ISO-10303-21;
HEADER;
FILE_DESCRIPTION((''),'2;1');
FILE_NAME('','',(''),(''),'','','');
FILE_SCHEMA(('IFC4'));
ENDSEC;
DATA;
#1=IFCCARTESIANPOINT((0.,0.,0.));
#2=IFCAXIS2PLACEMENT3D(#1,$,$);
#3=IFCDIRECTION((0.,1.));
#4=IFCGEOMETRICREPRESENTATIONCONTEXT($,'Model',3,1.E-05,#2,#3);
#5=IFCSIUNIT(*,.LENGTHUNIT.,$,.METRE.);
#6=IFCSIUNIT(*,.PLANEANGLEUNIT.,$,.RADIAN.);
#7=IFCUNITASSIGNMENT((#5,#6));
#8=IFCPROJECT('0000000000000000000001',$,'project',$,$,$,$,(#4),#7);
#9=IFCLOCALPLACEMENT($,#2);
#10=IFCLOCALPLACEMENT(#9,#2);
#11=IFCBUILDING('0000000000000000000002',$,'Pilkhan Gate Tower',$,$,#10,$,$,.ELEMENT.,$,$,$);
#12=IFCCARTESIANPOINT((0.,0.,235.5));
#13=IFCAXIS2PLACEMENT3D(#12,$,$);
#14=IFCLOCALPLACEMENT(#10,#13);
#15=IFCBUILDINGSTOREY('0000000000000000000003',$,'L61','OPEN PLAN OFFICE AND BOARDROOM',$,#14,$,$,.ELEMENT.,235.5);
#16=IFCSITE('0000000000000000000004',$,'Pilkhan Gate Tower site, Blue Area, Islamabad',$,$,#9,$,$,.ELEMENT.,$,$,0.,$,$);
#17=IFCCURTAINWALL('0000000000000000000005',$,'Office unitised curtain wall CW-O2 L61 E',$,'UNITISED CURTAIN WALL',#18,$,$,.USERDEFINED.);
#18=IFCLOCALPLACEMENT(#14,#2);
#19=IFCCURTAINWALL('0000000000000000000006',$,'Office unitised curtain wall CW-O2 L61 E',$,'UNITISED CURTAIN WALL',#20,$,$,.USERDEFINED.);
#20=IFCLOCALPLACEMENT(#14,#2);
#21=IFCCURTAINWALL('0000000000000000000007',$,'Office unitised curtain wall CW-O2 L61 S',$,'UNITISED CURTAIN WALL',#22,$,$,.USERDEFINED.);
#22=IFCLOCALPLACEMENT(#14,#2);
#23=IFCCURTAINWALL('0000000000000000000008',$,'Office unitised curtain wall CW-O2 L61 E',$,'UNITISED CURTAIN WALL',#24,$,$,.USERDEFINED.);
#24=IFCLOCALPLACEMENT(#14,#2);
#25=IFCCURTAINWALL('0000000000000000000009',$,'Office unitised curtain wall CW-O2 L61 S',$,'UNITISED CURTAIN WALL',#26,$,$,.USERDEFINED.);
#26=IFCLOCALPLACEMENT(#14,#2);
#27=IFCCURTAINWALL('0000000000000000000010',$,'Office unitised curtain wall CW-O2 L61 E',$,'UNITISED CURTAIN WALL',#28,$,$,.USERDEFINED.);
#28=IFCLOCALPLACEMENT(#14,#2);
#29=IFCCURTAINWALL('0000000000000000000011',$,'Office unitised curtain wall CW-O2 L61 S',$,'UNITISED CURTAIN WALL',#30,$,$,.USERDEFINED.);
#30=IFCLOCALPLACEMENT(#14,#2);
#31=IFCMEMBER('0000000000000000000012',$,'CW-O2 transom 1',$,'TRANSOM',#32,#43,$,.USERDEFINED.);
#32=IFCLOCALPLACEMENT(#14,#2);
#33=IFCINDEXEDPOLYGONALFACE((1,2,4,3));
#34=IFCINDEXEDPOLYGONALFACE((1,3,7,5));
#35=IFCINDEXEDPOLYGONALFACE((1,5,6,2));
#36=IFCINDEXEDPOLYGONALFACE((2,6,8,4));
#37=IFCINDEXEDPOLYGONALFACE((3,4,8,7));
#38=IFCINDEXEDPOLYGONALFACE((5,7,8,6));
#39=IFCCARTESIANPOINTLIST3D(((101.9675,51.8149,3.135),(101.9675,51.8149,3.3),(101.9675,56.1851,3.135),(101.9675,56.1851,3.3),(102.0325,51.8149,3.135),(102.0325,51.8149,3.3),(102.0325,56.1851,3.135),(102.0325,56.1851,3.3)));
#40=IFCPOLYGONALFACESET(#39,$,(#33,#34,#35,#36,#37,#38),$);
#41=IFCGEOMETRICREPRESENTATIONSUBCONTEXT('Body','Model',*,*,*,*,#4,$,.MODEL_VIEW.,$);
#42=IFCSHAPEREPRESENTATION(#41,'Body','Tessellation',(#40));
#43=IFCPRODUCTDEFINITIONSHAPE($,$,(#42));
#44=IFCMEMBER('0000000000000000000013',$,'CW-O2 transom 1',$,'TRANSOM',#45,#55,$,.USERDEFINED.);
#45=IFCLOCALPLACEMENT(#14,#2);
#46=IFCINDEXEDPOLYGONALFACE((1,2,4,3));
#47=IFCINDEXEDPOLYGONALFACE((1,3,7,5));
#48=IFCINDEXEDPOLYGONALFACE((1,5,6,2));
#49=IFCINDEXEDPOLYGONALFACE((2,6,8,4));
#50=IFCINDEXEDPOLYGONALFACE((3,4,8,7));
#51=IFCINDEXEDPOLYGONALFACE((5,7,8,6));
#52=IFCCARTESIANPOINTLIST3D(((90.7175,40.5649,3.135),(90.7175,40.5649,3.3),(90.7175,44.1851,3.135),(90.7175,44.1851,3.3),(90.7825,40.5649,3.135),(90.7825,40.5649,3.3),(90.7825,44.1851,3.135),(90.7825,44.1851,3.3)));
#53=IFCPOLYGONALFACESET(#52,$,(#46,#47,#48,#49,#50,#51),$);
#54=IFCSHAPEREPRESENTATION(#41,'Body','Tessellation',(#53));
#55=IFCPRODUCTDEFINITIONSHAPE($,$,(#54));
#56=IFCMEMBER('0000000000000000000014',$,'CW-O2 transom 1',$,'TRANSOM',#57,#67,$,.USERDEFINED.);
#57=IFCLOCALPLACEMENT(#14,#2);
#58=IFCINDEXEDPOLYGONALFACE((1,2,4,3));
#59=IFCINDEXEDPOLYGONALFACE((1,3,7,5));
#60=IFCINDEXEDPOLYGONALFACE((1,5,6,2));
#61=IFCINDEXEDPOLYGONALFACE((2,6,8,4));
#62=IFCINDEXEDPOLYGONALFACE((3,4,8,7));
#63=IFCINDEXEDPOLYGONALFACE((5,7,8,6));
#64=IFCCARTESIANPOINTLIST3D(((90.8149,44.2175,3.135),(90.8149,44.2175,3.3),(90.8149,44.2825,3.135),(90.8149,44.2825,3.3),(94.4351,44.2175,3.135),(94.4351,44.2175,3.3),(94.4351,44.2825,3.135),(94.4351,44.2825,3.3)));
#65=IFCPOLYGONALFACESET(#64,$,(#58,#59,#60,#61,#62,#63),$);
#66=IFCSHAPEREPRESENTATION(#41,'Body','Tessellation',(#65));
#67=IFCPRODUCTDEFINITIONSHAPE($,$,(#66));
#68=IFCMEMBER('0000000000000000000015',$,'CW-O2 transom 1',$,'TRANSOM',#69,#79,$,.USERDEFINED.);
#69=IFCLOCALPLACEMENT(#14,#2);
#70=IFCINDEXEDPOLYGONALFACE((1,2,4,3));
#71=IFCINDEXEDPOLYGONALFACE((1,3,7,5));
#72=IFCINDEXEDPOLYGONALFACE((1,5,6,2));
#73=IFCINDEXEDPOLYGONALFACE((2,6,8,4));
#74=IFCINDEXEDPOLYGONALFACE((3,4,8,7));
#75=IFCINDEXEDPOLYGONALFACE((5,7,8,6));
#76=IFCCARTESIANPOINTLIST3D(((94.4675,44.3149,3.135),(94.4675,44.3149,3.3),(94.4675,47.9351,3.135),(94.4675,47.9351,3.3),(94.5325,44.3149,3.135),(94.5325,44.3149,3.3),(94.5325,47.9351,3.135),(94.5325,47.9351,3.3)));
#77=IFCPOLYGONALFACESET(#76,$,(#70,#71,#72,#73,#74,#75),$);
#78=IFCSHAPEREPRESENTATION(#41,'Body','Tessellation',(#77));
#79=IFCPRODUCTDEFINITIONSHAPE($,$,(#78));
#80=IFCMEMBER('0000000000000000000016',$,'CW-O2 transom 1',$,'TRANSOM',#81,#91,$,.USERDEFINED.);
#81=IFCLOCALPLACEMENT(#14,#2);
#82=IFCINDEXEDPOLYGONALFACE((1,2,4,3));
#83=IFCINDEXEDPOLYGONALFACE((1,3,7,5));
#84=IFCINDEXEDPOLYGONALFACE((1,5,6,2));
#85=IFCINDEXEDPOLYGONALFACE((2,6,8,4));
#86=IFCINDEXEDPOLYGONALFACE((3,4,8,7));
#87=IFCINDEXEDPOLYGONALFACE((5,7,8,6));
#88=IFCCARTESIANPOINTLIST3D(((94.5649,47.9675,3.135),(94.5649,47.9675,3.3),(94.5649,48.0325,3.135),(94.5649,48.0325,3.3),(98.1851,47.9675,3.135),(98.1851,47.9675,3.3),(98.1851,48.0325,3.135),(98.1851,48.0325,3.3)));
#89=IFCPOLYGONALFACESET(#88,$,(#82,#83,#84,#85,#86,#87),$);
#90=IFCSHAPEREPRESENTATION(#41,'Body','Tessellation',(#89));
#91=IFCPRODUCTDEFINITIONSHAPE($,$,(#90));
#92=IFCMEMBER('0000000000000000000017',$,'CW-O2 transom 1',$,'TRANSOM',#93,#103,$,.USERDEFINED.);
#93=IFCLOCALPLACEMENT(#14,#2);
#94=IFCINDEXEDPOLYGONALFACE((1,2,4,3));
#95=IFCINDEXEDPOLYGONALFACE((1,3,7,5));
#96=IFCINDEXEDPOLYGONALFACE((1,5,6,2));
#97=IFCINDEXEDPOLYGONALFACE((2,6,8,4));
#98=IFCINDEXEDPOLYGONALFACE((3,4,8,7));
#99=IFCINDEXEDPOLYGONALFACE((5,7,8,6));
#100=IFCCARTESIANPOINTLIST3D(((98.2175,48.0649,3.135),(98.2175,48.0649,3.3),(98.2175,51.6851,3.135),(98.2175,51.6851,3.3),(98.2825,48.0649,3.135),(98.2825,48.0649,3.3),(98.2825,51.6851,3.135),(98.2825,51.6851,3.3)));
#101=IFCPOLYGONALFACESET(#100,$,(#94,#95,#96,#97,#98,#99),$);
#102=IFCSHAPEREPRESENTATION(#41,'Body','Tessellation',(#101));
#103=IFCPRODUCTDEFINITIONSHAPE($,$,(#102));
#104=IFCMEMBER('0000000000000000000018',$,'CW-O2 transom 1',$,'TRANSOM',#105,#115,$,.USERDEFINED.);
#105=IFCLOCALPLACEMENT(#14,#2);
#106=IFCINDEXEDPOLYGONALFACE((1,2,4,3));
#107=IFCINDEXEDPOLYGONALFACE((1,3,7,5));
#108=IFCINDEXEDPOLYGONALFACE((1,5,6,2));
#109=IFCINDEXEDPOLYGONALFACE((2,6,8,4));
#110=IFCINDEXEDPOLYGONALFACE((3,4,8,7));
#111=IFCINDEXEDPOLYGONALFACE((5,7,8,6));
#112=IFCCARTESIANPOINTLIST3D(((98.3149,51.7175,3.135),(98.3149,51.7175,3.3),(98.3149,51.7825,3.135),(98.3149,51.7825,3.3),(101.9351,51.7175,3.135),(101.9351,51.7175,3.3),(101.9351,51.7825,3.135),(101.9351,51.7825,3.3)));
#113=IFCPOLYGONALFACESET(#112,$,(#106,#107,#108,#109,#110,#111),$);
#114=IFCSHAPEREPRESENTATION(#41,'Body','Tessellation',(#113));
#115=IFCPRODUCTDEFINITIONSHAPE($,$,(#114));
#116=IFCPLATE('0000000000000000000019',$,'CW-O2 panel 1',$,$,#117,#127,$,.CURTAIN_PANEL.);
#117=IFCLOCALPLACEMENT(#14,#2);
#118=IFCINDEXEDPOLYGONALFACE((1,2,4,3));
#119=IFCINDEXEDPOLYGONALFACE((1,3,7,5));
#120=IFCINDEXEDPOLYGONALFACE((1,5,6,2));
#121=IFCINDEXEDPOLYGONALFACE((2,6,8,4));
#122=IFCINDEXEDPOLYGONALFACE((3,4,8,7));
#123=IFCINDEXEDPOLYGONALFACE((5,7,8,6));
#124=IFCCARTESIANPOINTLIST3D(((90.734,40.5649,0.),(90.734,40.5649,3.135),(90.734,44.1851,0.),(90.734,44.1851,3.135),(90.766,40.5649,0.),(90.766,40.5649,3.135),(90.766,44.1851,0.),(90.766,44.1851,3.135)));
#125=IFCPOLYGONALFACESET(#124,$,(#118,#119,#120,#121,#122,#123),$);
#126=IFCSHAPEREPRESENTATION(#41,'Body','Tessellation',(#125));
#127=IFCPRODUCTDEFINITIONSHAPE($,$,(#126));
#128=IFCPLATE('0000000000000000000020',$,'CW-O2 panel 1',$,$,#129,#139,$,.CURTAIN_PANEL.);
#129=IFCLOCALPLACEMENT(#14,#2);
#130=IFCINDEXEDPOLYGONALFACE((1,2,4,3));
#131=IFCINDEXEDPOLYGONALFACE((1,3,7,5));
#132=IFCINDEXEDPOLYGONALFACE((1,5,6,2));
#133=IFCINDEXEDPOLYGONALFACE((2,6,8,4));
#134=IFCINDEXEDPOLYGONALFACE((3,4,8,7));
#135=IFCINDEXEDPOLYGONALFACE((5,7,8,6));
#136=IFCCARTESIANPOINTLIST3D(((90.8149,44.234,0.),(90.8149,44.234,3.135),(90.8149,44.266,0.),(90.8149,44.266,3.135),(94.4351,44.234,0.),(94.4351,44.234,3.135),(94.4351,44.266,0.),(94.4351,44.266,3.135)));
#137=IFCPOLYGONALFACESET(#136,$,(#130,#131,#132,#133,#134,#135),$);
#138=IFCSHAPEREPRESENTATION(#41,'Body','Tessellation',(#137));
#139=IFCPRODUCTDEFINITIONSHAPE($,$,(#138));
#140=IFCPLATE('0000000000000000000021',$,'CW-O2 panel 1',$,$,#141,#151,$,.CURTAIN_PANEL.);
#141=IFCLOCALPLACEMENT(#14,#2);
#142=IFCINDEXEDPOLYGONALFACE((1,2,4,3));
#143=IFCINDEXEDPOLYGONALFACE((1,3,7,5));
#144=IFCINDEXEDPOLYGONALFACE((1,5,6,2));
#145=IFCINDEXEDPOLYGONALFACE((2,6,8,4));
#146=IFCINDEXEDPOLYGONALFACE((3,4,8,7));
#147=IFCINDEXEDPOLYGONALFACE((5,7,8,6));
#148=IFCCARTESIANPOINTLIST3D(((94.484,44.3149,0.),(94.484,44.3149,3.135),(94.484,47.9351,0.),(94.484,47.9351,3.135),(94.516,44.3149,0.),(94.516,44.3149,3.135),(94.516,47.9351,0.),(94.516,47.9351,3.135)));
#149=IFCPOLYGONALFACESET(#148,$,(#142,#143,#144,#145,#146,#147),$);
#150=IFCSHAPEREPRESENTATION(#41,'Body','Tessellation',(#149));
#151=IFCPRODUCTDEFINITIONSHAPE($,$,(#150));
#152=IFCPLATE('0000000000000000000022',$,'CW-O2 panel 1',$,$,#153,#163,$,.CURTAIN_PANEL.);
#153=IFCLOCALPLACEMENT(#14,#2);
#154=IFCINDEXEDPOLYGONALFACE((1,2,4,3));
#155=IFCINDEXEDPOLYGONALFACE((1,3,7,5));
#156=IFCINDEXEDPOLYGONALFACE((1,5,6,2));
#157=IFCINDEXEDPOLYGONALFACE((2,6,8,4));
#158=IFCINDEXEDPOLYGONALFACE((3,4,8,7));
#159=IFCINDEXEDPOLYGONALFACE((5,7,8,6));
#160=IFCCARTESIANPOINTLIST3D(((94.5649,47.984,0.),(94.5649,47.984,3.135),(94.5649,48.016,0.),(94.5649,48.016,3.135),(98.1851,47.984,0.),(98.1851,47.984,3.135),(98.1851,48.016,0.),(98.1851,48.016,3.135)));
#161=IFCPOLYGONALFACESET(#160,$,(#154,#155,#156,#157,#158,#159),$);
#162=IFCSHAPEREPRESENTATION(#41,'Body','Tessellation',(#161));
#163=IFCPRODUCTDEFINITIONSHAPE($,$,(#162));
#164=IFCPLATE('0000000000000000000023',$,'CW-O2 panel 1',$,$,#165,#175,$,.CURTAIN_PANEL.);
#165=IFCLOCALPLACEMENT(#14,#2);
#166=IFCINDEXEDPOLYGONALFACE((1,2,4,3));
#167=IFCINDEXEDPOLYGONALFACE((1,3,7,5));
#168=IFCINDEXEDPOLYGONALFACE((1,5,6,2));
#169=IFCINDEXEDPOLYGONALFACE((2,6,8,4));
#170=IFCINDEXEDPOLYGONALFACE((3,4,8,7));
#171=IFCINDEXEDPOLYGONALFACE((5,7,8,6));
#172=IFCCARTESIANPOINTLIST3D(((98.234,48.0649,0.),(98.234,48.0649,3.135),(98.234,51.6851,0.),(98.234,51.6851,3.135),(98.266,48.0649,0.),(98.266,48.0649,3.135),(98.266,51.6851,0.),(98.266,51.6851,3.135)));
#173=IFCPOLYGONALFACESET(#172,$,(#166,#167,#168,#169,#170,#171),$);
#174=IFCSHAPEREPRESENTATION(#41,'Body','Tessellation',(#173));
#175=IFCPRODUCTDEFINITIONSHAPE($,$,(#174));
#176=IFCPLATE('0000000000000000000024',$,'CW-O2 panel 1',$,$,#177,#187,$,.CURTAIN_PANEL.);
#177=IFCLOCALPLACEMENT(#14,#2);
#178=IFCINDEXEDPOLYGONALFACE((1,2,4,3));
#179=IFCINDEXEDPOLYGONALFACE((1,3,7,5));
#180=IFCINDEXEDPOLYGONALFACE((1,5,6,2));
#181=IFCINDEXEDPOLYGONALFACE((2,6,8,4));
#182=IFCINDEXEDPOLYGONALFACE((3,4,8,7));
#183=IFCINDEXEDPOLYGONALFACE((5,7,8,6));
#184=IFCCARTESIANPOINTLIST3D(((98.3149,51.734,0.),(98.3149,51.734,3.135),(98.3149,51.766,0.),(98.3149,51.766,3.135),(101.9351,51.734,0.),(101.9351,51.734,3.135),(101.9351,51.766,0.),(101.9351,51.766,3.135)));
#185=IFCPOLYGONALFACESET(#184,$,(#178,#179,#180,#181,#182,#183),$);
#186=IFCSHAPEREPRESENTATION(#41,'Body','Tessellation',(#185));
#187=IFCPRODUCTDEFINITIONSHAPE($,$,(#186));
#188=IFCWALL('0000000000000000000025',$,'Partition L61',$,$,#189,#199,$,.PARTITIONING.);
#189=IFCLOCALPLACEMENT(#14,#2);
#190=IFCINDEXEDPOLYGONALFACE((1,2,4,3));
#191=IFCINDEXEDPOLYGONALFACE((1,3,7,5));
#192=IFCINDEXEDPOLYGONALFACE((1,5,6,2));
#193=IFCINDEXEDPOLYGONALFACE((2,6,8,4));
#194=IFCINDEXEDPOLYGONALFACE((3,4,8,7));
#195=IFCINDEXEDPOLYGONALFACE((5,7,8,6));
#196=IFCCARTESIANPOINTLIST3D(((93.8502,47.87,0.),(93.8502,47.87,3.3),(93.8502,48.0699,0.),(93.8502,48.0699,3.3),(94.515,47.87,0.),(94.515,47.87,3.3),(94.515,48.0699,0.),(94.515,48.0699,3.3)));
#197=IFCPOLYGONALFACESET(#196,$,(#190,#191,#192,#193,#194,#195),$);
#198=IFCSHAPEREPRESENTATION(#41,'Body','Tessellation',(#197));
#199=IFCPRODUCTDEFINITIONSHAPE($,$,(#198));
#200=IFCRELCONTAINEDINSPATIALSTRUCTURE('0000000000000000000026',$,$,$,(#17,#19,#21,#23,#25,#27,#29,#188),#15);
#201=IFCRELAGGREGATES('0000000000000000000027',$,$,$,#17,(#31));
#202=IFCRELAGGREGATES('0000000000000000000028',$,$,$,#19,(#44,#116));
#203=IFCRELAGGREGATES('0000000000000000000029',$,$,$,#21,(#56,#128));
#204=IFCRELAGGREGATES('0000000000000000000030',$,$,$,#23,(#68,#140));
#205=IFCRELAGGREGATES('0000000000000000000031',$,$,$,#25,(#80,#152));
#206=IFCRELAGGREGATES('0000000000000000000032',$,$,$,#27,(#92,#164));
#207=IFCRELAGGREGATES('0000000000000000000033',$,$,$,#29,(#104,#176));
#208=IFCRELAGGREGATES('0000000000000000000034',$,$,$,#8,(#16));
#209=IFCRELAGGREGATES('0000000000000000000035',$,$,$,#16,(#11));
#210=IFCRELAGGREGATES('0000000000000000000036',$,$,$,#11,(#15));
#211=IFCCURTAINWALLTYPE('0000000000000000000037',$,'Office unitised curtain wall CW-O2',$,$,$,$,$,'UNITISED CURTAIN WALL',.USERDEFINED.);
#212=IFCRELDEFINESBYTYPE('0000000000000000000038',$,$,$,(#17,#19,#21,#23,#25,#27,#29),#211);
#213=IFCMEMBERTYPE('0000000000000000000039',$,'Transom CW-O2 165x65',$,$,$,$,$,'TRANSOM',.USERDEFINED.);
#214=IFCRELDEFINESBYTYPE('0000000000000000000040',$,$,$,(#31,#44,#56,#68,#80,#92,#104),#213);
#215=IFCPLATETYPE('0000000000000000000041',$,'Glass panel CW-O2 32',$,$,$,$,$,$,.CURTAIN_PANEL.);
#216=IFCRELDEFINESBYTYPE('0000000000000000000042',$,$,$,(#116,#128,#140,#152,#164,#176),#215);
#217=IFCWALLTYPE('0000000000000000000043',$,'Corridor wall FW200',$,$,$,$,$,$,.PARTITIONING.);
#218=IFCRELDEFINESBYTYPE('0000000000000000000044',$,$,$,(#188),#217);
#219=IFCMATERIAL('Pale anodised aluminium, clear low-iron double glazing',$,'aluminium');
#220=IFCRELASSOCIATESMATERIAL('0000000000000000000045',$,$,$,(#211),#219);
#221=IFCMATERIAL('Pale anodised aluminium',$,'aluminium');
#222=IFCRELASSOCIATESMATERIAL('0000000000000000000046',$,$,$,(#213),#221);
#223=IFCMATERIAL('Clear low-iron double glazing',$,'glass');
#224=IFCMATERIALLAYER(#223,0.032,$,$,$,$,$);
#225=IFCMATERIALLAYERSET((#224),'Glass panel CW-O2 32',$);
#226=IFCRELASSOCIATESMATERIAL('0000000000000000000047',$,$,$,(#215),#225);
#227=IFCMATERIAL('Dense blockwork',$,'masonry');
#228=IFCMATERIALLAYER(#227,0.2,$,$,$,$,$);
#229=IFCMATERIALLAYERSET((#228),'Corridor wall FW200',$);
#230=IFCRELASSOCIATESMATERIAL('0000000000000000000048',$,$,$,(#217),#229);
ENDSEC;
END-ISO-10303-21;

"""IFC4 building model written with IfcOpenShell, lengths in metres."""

from ifc_helpers import new_model, si_unit, direction, frame, frame_2d, origin, origin_2d, place, context, subcontext, project, spatial, rectangle, extrude, material, layer, layer_set, material_profile, profile_set, type_object, element, aggregate, save


model = new_model("IFC4")

# Units and contexts
model_context = context("Model", 3, precision=1e-05, world=origin(), true_north=direction((0.0, 1.0)))
body_context = subcontext(model_context, "Body", "Model", "MODEL_VIEW")
ifc_project = project(units=[si_unit("LENGTHUNIT", "METRE"), si_unit("PLANEANGLEUNIT", "RADIAN")], contexts=[model_context])

# Site, building, storey
site_placement = place(None, origin())
site = spatial("IfcSite", under=ifc_project, at=site_placement, Name="Pilkhan Gate Tower site, Blue Area, Islamabad", CompositionType="ELEMENT", RefElevation=0.0)
building_placement = place(site_placement, origin())
building = spatial("IfcBuilding", under=site, at=building_placement, Name="Pilkhan Gate Tower", CompositionType="ELEMENT")
storey_placement = place(building_placement, frame((0.0, 0.0, 235.5)))
storey = spatial("IfcBuildingStorey", under=building, at=storey_placement, Name="L61", Description="OPEN PLAN OFFICE AND BOARDROOM", CompositionType="ELEMENT", Elevation=235.5)

# Curtain walls
ifc_material_1 = material(Name="Pale anodised aluminium, clear low-iron double glazing", Category="aluminium")
curtain_wall_type = type_object("IfcCurtainWallType", Name="Office unitised curtain wall CW-O2", ElementType="UNITISED CURTAIN WALL", PredefinedType="USERDEFINED", material=ifc_material_1)
curtain_wall_1_placement = place(storey_placement, origin())
curtain_wall_1 = element("IfcCurtainWall", 1, at=curtain_wall_1_placement, inside=storey, type_object=curtain_wall_type, Name="Office unitised curtain wall CW-O2 L61 E", ObjectType="UNITISED CURTAIN WALL", PredefinedType="USERDEFINED")
ifc_material_2 = material(Name="Pale anodised aluminium", Category="aluminium")
curtain_wall_2_placement = place(storey_placement, origin())
curtain_wall_2 = element("IfcCurtainWall", 2, at=curtain_wall_2_placement, inside=storey, type_object=curtain_wall_type, Name="Office unitised curtain wall CW-O2 L61 E", ObjectType="UNITISED CURTAIN WALL", PredefinedType="USERDEFINED")

# Curtain walls
curtain_wall_3_placement = place(storey_placement, origin())
curtain_wall_3 = element("IfcCurtainWall", 3, at=curtain_wall_3_placement, inside=storey, type_object=curtain_wall_type, Name="Office unitised curtain wall CW-O2 L61 S", ObjectType="UNITISED CURTAIN WALL", PredefinedType="USERDEFINED")
curtain_wall_4_placement = place(storey_placement, origin())
curtain_wall_4 = element("IfcCurtainWall", 4, at=curtain_wall_4_placement, inside=storey, type_object=curtain_wall_type, Name="Office unitised curtain wall CW-O2 L61 E", ObjectType="UNITISED CURTAIN WALL", PredefinedType="USERDEFINED")
curtain_wall_5_placement = place(storey_placement, origin())
curtain_wall_5 = element("IfcCurtainWall", 5, at=curtain_wall_5_placement, inside=storey, type_object=curtain_wall_type, Name="Office unitised curtain wall CW-O2 L61 S", ObjectType="UNITISED CURTAIN WALL", PredefinedType="USERDEFINED")
curtain_wall_6_placement = place(storey_placement, origin())
curtain_wall_6 = element("IfcCurtainWall", 6, at=curtain_wall_6_placement, inside=storey, type_object=curtain_wall_type, Name="Office unitised curtain wall CW-O2 L61 E", ObjectType="UNITISED CURTAIN WALL", PredefinedType="USERDEFINED")
curtain_wall_7_placement = place(storey_placement, origin())
curtain_wall_7 = element("IfcCurtainWall", 7, at=curtain_wall_7_placement, inside=storey, type_object=curtain_wall_type, Name="Office unitised curtain wall CW-O2 L61 S", ObjectType="UNITISED CURTAIN WALL", PredefinedType="USERDEFINED")

# Members
ifc_material_profile_1 = material_profile(ifc_material_2, rectangle(XDim=0.0649, YDim=0.165, at=origin_2d()), Name="Transom 165x65")
ifc_profile_set_1 = profile_set([ifc_material_profile_1], Name="Pale anodised aluminium")
member_type_1 = type_object("IfcMemberType", Name="Transom CW-O2 165x65", ElementType="TRANSOM", PredefinedType="USERDEFINED", material=ifc_profile_set_1)
member_1_placement = place(storey_placement, frame((102.0, 51.8149, 3.2175), z_axis=(0.0, 1.0, 0.0), x_axis=(-1.0, 0.0, 0.0)))
member_1 = element("IfcMember", 8, at=member_1_placement, type_object=member_type_1, Name="CW-O2 transom 1", ObjectType="TRANSOM", PredefinedType="USERDEFINED", context=body_context, shape_type="SweptSolid", body=[
    extrude(rectangle(XDim=0.0649, YDim=0.165, at=origin_2d()), origin(), (0.0, 0.0, 1.0), 4.3701),
])
aggregate(curtain_wall_1, [member_1])
member_2_placement = place(storey_placement, frame((90.75, 40.5649, 3.2175), z_axis=(0.0, 1.0, 0.0), x_axis=(-1.0, 0.0, 0.0)))
member_2 = element("IfcMember", 9, at=member_2_placement, type_object=member_type_1, Name="CW-O2 transom 1", ObjectType="TRANSOM", PredefinedType="USERDEFINED", context=body_context, shape_type="SweptSolid", body=[
    extrude(rectangle(XDim=0.0649, YDim=0.165, at=origin_2d()), origin(), (0.0, 0.0, 1.0), 3.6201),
])
member_3_placement = place(storey_placement, frame((90.8149, 44.25, 3.2175), z_axis=(1.0, 0.0, 0.0), x_axis=(0.0, 1.0, 0.0)))
member_3 = element("IfcMember", 10, at=member_3_placement, type_object=member_type_1, Name="CW-O2 transom 1", ObjectType="TRANSOM", PredefinedType="USERDEFINED", context=body_context, shape_type="SweptSolid", body=[
    extrude(rectangle(XDim=0.0649, YDim=0.165, at=origin_2d()), origin(), (0.0, 0.0, 1.0), 3.6201),
])
member_4_placement = place(storey_placement, frame((94.5, 44.3149, 3.2175), z_axis=(0.0, 1.0, 0.0), x_axis=(-1.0, 0.0, 0.0)))
member_4 = element("IfcMember", 11, at=member_4_placement, type_object=member_type_1, Name="CW-O2 transom 1", ObjectType="TRANSOM", PredefinedType="USERDEFINED", context=body_context, shape_type="SweptSolid", body=[
    extrude(rectangle(XDim=0.0649, YDim=0.165, at=origin_2d()), origin(), (0.0, 0.0, 1.0), 3.6201),
])
member_5_placement = place(storey_placement, frame((94.5649, 48.0, 3.2175), z_axis=(1.0, 0.0, 0.0), x_axis=(0.0, 1.0, 0.0)))
member_5 = element("IfcMember", 12, at=member_5_placement, type_object=member_type_1, Name="CW-O2 transom 1", ObjectType="TRANSOM", PredefinedType="USERDEFINED", context=body_context, shape_type="SweptSolid", body=[
    extrude(rectangle(XDim=0.0649, YDim=0.165, at=origin_2d()), origin(), (0.0, 0.0, 1.0), 3.6201),
])
member_6_placement = place(storey_placement, frame((98.25, 48.0649, 3.2175), z_axis=(0.0, 1.0, 0.0), x_axis=(-1.0, 0.0, 0.0)))
member_6 = element("IfcMember", 13, at=member_6_placement, type_object=member_type_1, Name="CW-O2 transom 1", ObjectType="TRANSOM", PredefinedType="USERDEFINED", context=body_context, shape_type="SweptSolid", body=[
    extrude(rectangle(XDim=0.0649, YDim=0.165, at=origin_2d()), origin(), (0.0, 0.0, 1.0), 3.6201),
])
member_7_placement = place(storey_placement, frame((98.3149, 51.75, 3.2175), z_axis=(1.0, 0.0, 0.0), x_axis=(0.0, 1.0, 0.0)))
member_7 = element("IfcMember", 14, at=member_7_placement, type_object=member_type_1, Name="CW-O2 transom 1", ObjectType="TRANSOM", PredefinedType="USERDEFINED", context=body_context, shape_type="SweptSolid", body=[
    extrude(rectangle(XDim=0.0649, YDim=0.165, at=origin_2d()), origin(), (0.0, 0.0, 1.0), 3.6201),
])

# Plates
ifc_material_3 = material(Name="Clear low-iron double glazing", Category="glass")
ifc_layer_1 = layer(ifc_material_3, 0.032)
ifc_layer_set_1 = layer_set([ifc_layer_1], Name="Glass panel CW-O2 32")
plate_type = type_object("IfcPlateType", Name="Glass panel CW-O2 32", PredefinedType="CURTAIN_PANEL", material=ifc_layer_set_1)
plate_1_placement = place(storey_placement, frame((90.75, 42.375, 0.0), z_axis=(0.0, 0.0, 1.0), x_axis=(0.0, 1.0, 0.0)))
plate_1 = element("IfcPlate", 15, at=plate_1_placement, type_object=plate_type, Name="CW-O2 panel 1", PredefinedType="CURTAIN_PANEL", context=body_context, shape_type="SweptSolid", body=[
    extrude(rectangle(XDim=3.6201, YDim=0.032, at=origin_2d()), origin(), (0.0, 0.0, 1.0), 3.135),
])
aggregate(curtain_wall_2, [member_2, plate_1])
plate_2_placement = place(storey_placement, frame((92.625, 44.25, 0.0), z_axis=(0.0, 0.0, 1.0), x_axis=(1.0, 0.0, 0.0)))
plate_2 = element("IfcPlate", 16, at=plate_2_placement, type_object=plate_type, Name="CW-O2 panel 1", PredefinedType="CURTAIN_PANEL", context=body_context, shape_type="SweptSolid", body=[
    extrude(rectangle(XDim=3.6201, YDim=0.032, at=origin_2d()), origin(), (0.0, 0.0, 1.0), 3.135),
])
aggregate(curtain_wall_3, [member_3, plate_2])
plate_3_placement = place(storey_placement, frame((94.5, 46.125, 0.0), z_axis=(0.0, 0.0, 1.0), x_axis=(0.0, 1.0, 0.0)))
plate_3 = element("IfcPlate", 17, at=plate_3_placement, type_object=plate_type, Name="CW-O2 panel 1", PredefinedType="CURTAIN_PANEL", context=body_context, shape_type="SweptSolid", body=[
    extrude(rectangle(XDim=3.6201, YDim=0.032, at=origin_2d()), origin(), (0.0, 0.0, 1.0), 3.135),
])
aggregate(curtain_wall_4, [member_4, plate_3])
plate_4_placement = place(storey_placement, frame((96.375, 48.0, 0.0), z_axis=(0.0, 0.0, 1.0), x_axis=(1.0, 0.0, 0.0)))
plate_4 = element("IfcPlate", 18, at=plate_4_placement, type_object=plate_type, Name="CW-O2 panel 1", PredefinedType="CURTAIN_PANEL", context=body_context, shape_type="SweptSolid", body=[
    extrude(rectangle(XDim=3.6201, YDim=0.032, at=origin_2d()), origin(), (0.0, 0.0, 1.0), 3.135),
])
aggregate(curtain_wall_5, [member_5, plate_4])
plate_5_placement = place(storey_placement, frame((98.25, 49.875, 0.0), z_axis=(0.0, 0.0, 1.0), x_axis=(0.0, 1.0, 0.0)))
plate_5 = element("IfcPlate", 19, at=plate_5_placement, type_object=plate_type, Name="CW-O2 panel 1", PredefinedType="CURTAIN_PANEL", context=body_context, shape_type="SweptSolid", body=[
    extrude(rectangle(XDim=3.6201, YDim=0.032, at=origin_2d()), origin(), (0.0, 0.0, 1.0), 3.135),
])
aggregate(curtain_wall_6, [member_6, plate_5])
plate_6_placement = place(storey_placement, frame((100.125, 51.75, 0.0), z_axis=(0.0, 0.0, 1.0), x_axis=(1.0, 0.0, 0.0)))
plate_6 = element("IfcPlate", 20, at=plate_6_placement, type_object=plate_type, Name="CW-O2 panel 1", PredefinedType="CURTAIN_PANEL", context=body_context, shape_type="SweptSolid", body=[
    extrude(rectangle(XDim=3.6201, YDim=0.032, at=origin_2d()), origin(), (0.0, 0.0, 1.0), 3.135),
])
aggregate(curtain_wall_7, [member_7, plate_6])

# Wall
ifc_material_4 = material(Name="Dense blockwork", Category="masonry")
ifc_layer_2 = layer(ifc_material_4, 0.2)
ifc_layer_set_2 = layer_set([ifc_layer_2], Name="Corridor wall FW200")
wall_type = type_object("IfcWallType", Name="Corridor wall FW200", PredefinedType="PARTITIONING", material=ifc_layer_set_2)
wall_1_placement = place(storey_placement, frame((93.8501, 47.97, 0.0), z_axis=(0.0, 0.0, 1.0), x_axis=(1.0, 0.0, 0.0)))
element("IfcWall", 21, at=wall_1_placement, inside=storey, type_object=wall_type, Name="Partition L61", PredefinedType="PARTITIONING", context=body_context, shape_type="SweptSolid", body=[
    extrude(rectangle(XDim=0.6648, YDim=0.2, at=frame_2d((0.3325, 0.0))), origin(), (0.0, 0.0, 1.0), 3.3),
])

save(model, "model.ifc")
